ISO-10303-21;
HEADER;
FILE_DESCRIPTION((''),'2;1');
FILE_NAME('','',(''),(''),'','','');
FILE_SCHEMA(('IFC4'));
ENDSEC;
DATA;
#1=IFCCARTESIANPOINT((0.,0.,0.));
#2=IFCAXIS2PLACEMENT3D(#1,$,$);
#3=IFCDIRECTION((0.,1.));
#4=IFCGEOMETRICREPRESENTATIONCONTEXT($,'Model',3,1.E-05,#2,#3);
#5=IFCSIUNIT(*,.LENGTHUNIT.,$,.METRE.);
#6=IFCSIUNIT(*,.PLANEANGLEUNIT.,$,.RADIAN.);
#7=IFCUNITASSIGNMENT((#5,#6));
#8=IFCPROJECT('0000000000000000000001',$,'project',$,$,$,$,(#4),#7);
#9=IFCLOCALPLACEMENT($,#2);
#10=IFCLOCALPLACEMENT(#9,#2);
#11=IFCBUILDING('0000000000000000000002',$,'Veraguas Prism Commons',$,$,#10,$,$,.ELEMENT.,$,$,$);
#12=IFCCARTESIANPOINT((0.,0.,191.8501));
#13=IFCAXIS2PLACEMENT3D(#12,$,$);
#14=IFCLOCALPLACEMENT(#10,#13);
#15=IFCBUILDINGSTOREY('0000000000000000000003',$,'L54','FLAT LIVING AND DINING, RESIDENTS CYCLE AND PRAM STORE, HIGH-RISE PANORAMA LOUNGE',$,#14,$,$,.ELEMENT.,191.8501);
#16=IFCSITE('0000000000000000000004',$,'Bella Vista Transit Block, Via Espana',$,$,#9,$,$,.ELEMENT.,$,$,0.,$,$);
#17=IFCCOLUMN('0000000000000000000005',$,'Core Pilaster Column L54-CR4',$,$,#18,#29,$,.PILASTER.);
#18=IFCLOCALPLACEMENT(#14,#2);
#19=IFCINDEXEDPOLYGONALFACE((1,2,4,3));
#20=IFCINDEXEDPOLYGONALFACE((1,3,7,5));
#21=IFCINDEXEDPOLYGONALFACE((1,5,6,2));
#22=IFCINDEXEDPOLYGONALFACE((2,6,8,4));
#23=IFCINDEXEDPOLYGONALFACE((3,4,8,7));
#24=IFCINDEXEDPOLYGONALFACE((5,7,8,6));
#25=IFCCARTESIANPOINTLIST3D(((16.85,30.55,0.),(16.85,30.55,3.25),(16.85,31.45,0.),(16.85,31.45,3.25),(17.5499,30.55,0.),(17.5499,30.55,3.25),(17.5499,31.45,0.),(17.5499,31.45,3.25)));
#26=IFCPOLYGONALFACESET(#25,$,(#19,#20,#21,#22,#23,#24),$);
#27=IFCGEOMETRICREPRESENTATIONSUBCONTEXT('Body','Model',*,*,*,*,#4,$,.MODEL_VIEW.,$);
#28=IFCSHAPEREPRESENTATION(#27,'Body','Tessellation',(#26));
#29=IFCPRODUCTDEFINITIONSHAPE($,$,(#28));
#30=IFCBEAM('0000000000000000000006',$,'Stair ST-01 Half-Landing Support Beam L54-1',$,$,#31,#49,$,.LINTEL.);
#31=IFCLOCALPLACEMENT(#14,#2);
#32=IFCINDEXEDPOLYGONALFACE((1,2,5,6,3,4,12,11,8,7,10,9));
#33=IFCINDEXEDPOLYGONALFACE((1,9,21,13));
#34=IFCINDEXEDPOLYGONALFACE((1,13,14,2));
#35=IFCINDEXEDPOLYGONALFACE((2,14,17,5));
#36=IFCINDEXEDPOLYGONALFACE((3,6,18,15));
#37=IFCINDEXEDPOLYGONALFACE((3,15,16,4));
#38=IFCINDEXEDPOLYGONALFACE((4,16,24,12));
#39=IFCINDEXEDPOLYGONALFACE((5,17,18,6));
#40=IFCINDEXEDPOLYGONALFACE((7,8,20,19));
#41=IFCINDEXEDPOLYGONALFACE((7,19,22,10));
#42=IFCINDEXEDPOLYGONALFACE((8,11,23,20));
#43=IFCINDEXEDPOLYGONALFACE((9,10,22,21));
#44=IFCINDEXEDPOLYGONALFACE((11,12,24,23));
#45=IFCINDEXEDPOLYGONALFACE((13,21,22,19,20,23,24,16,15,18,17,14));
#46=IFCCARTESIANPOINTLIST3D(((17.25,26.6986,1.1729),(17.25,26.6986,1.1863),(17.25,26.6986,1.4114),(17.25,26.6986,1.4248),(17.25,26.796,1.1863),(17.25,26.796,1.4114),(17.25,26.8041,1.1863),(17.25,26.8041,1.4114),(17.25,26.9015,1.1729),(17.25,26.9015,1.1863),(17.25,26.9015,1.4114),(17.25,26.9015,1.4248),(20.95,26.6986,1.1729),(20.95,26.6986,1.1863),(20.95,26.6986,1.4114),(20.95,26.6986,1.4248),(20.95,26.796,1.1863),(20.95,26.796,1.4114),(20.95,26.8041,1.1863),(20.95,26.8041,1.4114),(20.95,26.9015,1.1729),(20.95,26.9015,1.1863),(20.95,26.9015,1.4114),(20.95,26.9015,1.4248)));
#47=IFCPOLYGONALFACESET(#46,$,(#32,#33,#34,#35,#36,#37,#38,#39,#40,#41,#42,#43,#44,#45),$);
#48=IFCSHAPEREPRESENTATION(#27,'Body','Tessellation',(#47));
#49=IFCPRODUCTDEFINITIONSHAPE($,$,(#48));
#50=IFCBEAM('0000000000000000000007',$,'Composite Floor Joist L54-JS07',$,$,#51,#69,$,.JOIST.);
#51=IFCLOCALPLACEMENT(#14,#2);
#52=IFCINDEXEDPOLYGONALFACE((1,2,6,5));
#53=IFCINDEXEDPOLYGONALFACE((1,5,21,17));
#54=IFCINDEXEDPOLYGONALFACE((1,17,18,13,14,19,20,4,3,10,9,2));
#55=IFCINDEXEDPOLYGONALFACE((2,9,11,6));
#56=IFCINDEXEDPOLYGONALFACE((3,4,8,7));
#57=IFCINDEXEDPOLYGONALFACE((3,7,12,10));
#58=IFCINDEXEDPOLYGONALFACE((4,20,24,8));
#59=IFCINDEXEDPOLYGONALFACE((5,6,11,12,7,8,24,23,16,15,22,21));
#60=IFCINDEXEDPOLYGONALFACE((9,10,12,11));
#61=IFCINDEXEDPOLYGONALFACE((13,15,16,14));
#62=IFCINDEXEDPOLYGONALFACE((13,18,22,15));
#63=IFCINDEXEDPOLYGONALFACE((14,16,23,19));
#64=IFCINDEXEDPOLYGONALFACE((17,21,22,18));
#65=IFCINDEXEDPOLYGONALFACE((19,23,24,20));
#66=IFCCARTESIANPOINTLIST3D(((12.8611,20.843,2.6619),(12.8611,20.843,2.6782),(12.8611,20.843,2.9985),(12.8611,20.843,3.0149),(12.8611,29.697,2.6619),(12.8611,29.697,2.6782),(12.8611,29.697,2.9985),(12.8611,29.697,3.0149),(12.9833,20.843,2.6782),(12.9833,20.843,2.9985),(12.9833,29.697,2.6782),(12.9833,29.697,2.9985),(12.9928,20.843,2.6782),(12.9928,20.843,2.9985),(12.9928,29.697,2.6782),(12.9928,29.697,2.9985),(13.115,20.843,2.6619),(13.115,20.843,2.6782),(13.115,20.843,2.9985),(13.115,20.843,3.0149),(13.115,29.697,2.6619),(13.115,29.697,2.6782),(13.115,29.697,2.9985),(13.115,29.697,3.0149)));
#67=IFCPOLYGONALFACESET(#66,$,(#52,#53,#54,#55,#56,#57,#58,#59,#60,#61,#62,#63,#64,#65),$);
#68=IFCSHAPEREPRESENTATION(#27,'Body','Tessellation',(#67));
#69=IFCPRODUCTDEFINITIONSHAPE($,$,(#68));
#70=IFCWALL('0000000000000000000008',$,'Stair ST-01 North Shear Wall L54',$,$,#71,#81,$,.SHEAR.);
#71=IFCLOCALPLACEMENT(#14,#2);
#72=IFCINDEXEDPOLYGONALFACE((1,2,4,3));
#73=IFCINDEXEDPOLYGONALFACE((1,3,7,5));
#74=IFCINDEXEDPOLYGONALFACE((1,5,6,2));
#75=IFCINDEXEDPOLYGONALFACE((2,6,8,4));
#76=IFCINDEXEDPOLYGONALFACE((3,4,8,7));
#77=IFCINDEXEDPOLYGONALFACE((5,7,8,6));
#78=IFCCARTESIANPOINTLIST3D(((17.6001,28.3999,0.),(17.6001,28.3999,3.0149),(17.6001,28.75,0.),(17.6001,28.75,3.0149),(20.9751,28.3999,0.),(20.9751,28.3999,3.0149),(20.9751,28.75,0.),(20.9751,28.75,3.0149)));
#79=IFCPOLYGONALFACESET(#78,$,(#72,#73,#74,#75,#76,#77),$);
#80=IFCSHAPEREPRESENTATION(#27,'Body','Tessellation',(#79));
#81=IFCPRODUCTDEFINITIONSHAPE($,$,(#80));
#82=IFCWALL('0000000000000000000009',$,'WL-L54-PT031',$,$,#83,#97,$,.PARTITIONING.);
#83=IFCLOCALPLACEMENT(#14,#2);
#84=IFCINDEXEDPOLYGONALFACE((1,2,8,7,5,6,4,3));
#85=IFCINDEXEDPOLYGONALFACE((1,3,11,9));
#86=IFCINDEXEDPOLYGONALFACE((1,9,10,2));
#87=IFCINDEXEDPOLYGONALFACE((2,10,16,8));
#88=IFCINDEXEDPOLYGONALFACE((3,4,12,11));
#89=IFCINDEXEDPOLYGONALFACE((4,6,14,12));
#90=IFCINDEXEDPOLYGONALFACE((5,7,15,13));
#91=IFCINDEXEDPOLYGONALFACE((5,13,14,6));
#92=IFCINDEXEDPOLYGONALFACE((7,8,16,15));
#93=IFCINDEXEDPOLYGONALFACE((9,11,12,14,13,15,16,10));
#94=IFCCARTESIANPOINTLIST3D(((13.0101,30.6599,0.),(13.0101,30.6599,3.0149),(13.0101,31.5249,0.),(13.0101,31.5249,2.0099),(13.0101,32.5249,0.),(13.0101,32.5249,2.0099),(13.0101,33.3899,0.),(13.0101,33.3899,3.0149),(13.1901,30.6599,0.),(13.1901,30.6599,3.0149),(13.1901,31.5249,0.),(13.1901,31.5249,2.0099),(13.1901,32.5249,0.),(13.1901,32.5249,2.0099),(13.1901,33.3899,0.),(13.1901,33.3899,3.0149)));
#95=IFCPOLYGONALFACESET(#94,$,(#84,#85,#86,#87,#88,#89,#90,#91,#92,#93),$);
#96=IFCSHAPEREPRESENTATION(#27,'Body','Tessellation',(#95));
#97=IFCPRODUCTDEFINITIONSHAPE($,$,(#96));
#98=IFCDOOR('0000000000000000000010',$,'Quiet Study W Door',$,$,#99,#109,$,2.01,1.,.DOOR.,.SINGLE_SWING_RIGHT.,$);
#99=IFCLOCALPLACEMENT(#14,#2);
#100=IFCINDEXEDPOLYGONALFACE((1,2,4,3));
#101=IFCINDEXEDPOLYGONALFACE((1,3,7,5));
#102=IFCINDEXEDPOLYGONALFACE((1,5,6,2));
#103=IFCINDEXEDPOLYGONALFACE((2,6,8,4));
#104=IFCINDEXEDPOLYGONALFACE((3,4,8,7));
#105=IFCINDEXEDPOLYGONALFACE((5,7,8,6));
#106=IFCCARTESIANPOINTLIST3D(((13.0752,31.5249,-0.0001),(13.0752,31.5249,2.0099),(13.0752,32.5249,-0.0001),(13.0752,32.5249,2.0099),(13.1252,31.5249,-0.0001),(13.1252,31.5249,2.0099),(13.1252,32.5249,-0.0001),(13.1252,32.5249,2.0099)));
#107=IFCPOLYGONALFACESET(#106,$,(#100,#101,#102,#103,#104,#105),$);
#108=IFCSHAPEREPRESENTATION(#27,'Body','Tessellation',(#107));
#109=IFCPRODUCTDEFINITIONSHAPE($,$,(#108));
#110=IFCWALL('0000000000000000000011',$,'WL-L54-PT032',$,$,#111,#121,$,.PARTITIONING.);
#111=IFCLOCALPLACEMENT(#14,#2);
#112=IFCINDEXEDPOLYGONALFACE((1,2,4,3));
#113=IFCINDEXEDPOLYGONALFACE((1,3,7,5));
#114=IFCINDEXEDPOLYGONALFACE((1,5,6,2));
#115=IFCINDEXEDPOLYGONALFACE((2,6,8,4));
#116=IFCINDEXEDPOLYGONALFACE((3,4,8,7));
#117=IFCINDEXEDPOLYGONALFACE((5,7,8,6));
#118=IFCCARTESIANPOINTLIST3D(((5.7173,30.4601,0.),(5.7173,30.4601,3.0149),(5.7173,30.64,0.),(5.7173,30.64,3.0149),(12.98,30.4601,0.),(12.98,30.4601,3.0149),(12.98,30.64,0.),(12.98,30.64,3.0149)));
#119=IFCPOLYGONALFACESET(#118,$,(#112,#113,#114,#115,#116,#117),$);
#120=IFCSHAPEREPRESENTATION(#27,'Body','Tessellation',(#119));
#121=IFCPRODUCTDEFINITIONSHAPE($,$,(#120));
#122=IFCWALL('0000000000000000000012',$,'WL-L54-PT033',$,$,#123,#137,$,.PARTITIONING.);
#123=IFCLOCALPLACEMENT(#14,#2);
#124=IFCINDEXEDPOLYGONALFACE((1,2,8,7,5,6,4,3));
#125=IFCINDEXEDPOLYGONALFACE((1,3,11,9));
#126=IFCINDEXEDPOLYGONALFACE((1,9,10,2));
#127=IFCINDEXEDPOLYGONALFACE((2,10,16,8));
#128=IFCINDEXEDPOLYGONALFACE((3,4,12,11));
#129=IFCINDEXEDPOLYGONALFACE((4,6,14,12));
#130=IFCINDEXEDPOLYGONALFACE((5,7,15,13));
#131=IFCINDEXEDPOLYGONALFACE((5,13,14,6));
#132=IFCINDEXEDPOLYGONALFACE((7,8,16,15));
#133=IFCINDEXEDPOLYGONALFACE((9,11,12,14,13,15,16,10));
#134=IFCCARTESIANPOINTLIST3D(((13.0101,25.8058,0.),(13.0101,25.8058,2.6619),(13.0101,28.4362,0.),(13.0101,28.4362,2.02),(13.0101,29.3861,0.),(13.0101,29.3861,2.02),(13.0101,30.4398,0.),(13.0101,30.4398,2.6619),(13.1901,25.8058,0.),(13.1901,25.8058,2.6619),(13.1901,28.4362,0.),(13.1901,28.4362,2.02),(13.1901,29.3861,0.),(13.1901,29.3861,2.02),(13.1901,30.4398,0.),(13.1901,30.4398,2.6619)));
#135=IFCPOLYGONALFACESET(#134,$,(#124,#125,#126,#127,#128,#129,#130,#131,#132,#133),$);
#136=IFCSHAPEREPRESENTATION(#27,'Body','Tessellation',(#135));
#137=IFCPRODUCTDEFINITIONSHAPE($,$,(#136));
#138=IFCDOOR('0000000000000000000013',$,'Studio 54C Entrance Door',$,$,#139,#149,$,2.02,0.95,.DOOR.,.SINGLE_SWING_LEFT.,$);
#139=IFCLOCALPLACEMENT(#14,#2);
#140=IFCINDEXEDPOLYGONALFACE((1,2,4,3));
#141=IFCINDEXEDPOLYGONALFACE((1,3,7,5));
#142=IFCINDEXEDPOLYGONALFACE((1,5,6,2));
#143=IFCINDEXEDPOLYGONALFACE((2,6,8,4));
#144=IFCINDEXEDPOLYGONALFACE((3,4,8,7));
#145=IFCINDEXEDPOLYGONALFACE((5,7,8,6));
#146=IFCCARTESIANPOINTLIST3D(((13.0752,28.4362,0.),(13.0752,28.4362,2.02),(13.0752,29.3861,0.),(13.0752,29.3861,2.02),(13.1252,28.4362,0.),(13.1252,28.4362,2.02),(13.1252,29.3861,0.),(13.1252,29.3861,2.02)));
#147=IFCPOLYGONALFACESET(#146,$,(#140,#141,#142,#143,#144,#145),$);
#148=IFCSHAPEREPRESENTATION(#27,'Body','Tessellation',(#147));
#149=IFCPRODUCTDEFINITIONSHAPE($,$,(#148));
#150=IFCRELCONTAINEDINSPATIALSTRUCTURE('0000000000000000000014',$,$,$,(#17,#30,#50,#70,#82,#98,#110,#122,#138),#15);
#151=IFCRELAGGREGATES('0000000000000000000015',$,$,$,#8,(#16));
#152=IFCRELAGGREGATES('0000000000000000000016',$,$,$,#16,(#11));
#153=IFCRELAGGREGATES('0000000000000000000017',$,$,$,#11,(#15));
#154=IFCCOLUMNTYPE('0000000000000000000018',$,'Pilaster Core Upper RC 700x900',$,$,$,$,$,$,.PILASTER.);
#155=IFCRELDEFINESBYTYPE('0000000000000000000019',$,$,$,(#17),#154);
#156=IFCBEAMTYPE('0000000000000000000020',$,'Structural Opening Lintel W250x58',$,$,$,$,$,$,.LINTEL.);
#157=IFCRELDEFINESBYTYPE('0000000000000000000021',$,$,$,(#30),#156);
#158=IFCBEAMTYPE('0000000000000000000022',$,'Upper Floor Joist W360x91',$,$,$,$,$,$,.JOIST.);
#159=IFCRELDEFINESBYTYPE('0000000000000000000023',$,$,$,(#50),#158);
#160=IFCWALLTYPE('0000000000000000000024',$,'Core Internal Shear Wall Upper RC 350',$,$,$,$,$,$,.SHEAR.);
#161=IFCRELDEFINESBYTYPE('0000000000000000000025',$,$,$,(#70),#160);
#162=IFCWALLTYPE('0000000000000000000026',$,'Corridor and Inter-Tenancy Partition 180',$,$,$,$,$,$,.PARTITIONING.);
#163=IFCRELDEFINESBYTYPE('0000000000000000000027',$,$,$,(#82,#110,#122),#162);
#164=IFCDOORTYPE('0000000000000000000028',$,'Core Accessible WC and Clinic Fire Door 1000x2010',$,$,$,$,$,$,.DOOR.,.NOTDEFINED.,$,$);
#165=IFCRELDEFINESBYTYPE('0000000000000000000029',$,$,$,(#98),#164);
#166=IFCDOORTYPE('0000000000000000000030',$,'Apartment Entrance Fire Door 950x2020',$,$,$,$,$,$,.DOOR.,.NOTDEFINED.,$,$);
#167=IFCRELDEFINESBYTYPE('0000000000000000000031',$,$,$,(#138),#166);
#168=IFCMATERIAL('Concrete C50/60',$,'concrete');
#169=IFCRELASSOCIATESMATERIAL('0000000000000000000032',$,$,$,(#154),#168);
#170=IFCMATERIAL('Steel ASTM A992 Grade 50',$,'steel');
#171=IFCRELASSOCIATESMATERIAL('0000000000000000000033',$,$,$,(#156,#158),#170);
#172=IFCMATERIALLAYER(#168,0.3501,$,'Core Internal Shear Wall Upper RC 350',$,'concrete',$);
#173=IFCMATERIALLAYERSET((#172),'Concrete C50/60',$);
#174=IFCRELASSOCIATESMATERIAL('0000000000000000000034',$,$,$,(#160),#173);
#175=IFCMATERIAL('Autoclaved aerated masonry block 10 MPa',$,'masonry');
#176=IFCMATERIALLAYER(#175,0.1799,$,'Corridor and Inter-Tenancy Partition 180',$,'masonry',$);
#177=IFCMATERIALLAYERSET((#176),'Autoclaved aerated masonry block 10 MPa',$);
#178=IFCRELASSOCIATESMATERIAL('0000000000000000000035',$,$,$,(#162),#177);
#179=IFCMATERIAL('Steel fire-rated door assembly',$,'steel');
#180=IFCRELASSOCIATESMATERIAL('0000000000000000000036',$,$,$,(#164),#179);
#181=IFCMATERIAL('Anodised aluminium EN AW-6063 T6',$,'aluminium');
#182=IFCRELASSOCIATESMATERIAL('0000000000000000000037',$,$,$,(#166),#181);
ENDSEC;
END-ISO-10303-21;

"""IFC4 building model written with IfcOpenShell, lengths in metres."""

from ifc_helpers import new_model, si_unit, direction, frame, frame_2d, origin, origin_2d, place, context, subcontext, project, spatial, rectangle, i_section, extrude, source, transform, mapped, material, layer, layer_set, material_profile, profile_set, type_object, element, fill, save


model = new_model("IFC4")

# Units and contexts
model_context = context("Model", 3, precision=1e-05, world=origin(), true_north=direction((0.0, 1.0)))
body_context = subcontext(model_context, "Body", "Model", "MODEL_VIEW")
ifc_project = project(units=[si_unit("LENGTHUNIT", "METRE"), si_unit("PLANEANGLEUNIT", "RADIAN")], contexts=[model_context])

# Site, building, storey
site_placement = place(None, origin())
site = spatial("IfcSite", under=ifc_project, at=site_placement, Name="Bella Vista Transit Block, Via Espana", CompositionType="ELEMENT", RefElevation=0.0)
building_placement = place(site_placement, origin())
building = spatial("IfcBuilding", under=site, at=building_placement, Name="Veraguas Prism Commons", CompositionType="ELEMENT")
storey_placement = place(building_placement, frame((0.0, 0.0, 191.8501)))
storey = spatial("IfcBuildingStorey", under=building, at=storey_placement, Name="L54", Description="FLAT LIVING AND DINING, RESIDENTS CYCLE AND PRAM STORE, HIGH-RISE PANORAMA LOUNGE", CompositionType="ELEMENT", Elevation=191.8501)

# Column
ifc_material_1 = material(Name="Concrete C50/60", Category="concrete")
ifc_material_profile_1 = material_profile(ifc_material_1, rectangle(XDim=0.7, YDim=0.8999, at=origin_2d()), Name="RC700X900")
ifc_profile_set_1 = profile_set([ifc_material_profile_1], Name="Concrete C50/60")
column_type = type_object("IfcColumnType", Name="Pilaster Core Upper RC 700x900", PredefinedType="PILASTER", material=ifc_profile_set_1)
column_placement = place(storey_placement, frame((17.2, 31.0, 0.0), z_axis=(0.0, 0.0, 1.0), x_axis=(1.0, 0.0, 0.0)))
element("IfcColumn", 1, at=column_placement, inside=storey, type_object=column_type, Name="Core Pilaster Column L54-CR4", PredefinedType="PILASTER", context=body_context, shape_type="SweptSolid", body=[
    extrude(rectangle(XDim=0.7, YDim=0.8999, at=origin_2d()), origin(), (0.0, 0.0, 1.0), 3.25),
])

# Beams
ifc_material_2 = material(Name="Steel ASTM A992 Grade 50", Category="steel")
ifc_material_profile_2 = material_profile(ifc_material_2, i_section(OverallWidth=0.2029, OverallDepth=0.252, WebThickness=0.0081, FlangeThickness=0.0134, at=origin_2d()), Name="W250X58")
ifc_profile_set_2 = profile_set([ifc_material_profile_2], Name="Steel ASTM A992 Grade 50")
beam_type_1 = type_object("IfcBeamType", Name="Structural Opening Lintel W250x58", PredefinedType="LINTEL", material=ifc_profile_set_2)
beam_1_placement = place(storey_placement, frame((17.25, 26.8, 1.2988), z_axis=(1.0, 0.0, 0.0), x_axis=(0.0, 1.0, 0.0)))
element("IfcBeam", 2, at=beam_1_placement, inside=storey, type_object=beam_type_1, Name="Stair ST-01 Half-Landing Support Beam L54-1", PredefinedType="LINTEL", context=body_context, shape_type="SweptSolid", body=[
    extrude(i_section(OverallWidth=0.2029, OverallDepth=0.252, WebThickness=0.0081, FlangeThickness=0.0134, at=origin_2d()), origin(), (0.0, 0.0, 1.0), 3.7),
])
ifc_material_profile_3 = material_profile(ifc_material_2, i_section(OverallWidth=0.2539, OverallDepth=0.353, WebThickness=0.0095, FlangeThickness=0.0164, at=origin_2d()), Name="W360X91")
ifc_profile_set_3 = profile_set([ifc_material_profile_3], Name="Steel ASTM A992 Grade 50")
beam_type_2 = type_object("IfcBeamType", Name="Upper Floor Joist W360x91", PredefinedType="JOIST", material=ifc_profile_set_3)
beam_2_placement = place(storey_placement, frame((12.988, 29.697, 2.8384), z_axis=(0.0, -1.0, 0.0), x_axis=(1.0, 0.0, 0.0)))
element("IfcBeam", 3, at=beam_2_placement, inside=storey, type_object=beam_type_2, Name="Composite Floor Joist L54-JS07", PredefinedType="JOIST", context=body_context, shape_type="SweptSolid", body=[
    extrude(i_section(OverallWidth=0.2539, OverallDepth=0.353, WebThickness=0.0095, FlangeThickness=0.0164, at=origin_2d()), origin(), (0.0, 0.0, 1.0), 8.854),
])

# Wall
ifc_layer_1 = layer(ifc_material_1, 0.3501, Name="Core Internal Shear Wall Upper RC 350", Category="concrete")
ifc_layer_set_1 = layer_set([ifc_layer_1], Name="Concrete C50/60")
wall_type_1 = type_object("IfcWallType", Name="Core Internal Shear Wall Upper RC 350", PredefinedType="SHEAR", material=ifc_layer_set_1)
wall_1_placement = place(storey_placement, frame((17.6001, 28.575, 0.0), z_axis=(0.0, 0.0, 1.0), x_axis=(1.0, 0.0, 0.0)))
element("IfcWall", 4, at=wall_1_placement, inside=storey, type_object=wall_type_1, Name="Stair ST-01 North Shear Wall L54", PredefinedType="SHEAR", context=body_context, shape_type="SweptSolid", body=[
    extrude(rectangle(XDim=3.375, YDim=0.3501, at=frame_2d((1.6875, 0.0))), origin(), (0.0, 0.0, 1.0), 3.0149),
])

# Wall, opening, door
ifc_material_3 = material(Name="Autoclaved aerated masonry block 10 MPa", Category="masonry")
ifc_layer_2 = layer(ifc_material_3, 0.1799, Name="Corridor and Inter-Tenancy Partition 180", Category="masonry")
ifc_layer_set_2 = layer_set([ifc_layer_2], Name="Autoclaved aerated masonry block 10 MPa")
wall_type_2 = type_object("IfcWallType", Name="Corridor and Inter-Tenancy Partition 180", PredefinedType="PARTITIONING", material=ifc_layer_set_2)
wall_2_placement = place(storey_placement, frame((13.1001, 30.6599, 0.0), z_axis=(0.0, 0.0, 1.0), x_axis=(0.0, 1.0, 0.0)))
wall_2 = element("IfcWall", 5, at=wall_2_placement, inside=storey, type_object=wall_type_2, Name="WL-L54-PT031", PredefinedType="PARTITIONING", context=body_context, shape_type="SweptSolid", body=[
    extrude(rectangle(XDim=2.73, YDim=0.1799, at=frame_2d((1.365, 0.0))), origin(), (0.0, 0.0, 1.0), 3.0149),
])
opening_1_placement = place(wall_2_placement, frame((0.865, 0.0, 0.0)))
opening_1 = element("IfcOpeningElement", 6, at=opening_1_placement, cuts=wall_2, PredefinedType="OPENING", context=body_context, shape_type="SweptSolid", body=[
    extrude(rectangle(XDim=1.0, YDim=2.01, at=frame_2d((0.5, 1.0049))), frame((0.0, 0.0999, 0.0), z_axis=(0.0, -1.0, 0.0), x_axis=(1.0, 0.0, 0.0)), (0.0, 0.0, 1.0), 0.2),
])
ifc_material_4 = material(Name="Steel fire-rated door assembly", Category="steel")
door_type_1 = type_object("IfcDoorType", Name="Core Accessible WC and Clinic Fire Door 1000x2010", OperationType="NOTDEFINED", PredefinedType="DOOR", material=ifc_material_4)
shared_shape_1 = source(origin(), body_context, "Body", "SweptSolid", [
    extrude(rectangle(XDim=1.0, YDim=2.01, at=frame_2d((0.5, 1.0049))), frame((0.0, 0.0249, 0.0), z_axis=(0.0, -1.0, 0.0), x_axis=(1.0, 0.0, 0.0)), (0.0, 0.0, 1.0), 0.05),
])
door_1_placement = place(opening_1_placement, origin())
door_1 = element("IfcDoor", 7, at=door_1_placement, inside=storey, type_object=door_type_1, Name="Quiet Study W Door", OperationType="SINGLE_SWING_RIGHT", OverallHeight=2.01, OverallWidth=1.0, PredefinedType="DOOR", context=body_context, shape_type="MappedRepresentation", body=[
    mapped(shared_shape_1, transform((0.0, 0.0, 0.0), scale=1.0)),
])
fill(opening_1, door_1)

# Wall
wall_3_placement = place(storey_placement, frame((12.98, 30.55, 0.0), z_axis=(0.0, 0.0, 1.0), x_axis=(-1.0, 0.0, 0.0)))
element("IfcWall", 8, at=wall_3_placement, inside=storey, type_object=wall_type_2, Name="WL-L54-PT032", PredefinedType="PARTITIONING", context=body_context, shape_type="SweptSolid", body=[
    extrude(rectangle(XDim=7.2627, YDim=0.1799, at=frame_2d((3.6313, 0.0))), origin(), (0.0, 0.0, 1.0), 3.0149),
])

# Wall, opening, door
wall_4_placement = place(storey_placement, frame((13.1001, 25.8059, 0.0), z_axis=(0.0, 0.0, 1.0), x_axis=(0.0, 1.0, 0.0)))
wall_4 = element("IfcWall", 9, at=wall_4_placement, inside=storey, type_object=wall_type_2, Name="WL-L54-PT033", PredefinedType="PARTITIONING", context=body_context, shape_type="SweptSolid", body=[
    extrude(rectangle(XDim=4.634, YDim=0.1799, at=frame_2d((2.3169, 0.0))), origin(), (0.0, 0.0, 1.0), 2.6619),
])
opening_2_placement = place(wall_4_placement, frame((2.6301, 0.0, 0.0)))
opening_2 = element("IfcOpeningElement", 10, at=opening_2_placement, cuts=wall_4, PredefinedType="OPENING", context=body_context, shape_type="SweptSolid", body=[
    extrude(rectangle(XDim=0.95, YDim=2.02, at=frame_2d((0.4751, 1.01))), frame((0.0, 0.0999, 0.0), z_axis=(0.0, -1.0, 0.0), x_axis=(1.0, 0.0, 0.0)), (0.0, 0.0, 1.0), 0.2),
])
ifc_material_5 = material(Name="Anodised aluminium EN AW-6063 T6", Category="aluminium")
door_type_2 = type_object("IfcDoorType", Name="Apartment Entrance Fire Door 950x2020", OperationType="NOTDEFINED", PredefinedType="DOOR", material=ifc_material_5)
shared_shape_2 = source(origin(), body_context, "Body", "SweptSolid", [
    extrude(rectangle(XDim=0.95, YDim=2.02, at=frame_2d((0.4751, 1.01))), frame((0.0, 0.0249, 0.0), z_axis=(0.0, -1.0, 0.0), x_axis=(1.0, 0.0, 0.0)), (0.0, 0.0, 1.0), 0.05),
])
door_2_placement = place(opening_2_placement, origin())
door_2 = element("IfcDoor", 11, at=door_2_placement, inside=storey, type_object=door_type_2, Name="Studio 54C Entrance Door", OperationType="SINGLE_SWING_LEFT", OverallHeight=2.02, OverallWidth=0.95, PredefinedType="DOOR", context=body_context, shape_type="MappedRepresentation", body=[
    mapped(shared_shape_2, transform((0.0, 0.0, 0.0), scale=1.0)),
])
fill(opening_2, door_2)

save(model, "model.ifc")
